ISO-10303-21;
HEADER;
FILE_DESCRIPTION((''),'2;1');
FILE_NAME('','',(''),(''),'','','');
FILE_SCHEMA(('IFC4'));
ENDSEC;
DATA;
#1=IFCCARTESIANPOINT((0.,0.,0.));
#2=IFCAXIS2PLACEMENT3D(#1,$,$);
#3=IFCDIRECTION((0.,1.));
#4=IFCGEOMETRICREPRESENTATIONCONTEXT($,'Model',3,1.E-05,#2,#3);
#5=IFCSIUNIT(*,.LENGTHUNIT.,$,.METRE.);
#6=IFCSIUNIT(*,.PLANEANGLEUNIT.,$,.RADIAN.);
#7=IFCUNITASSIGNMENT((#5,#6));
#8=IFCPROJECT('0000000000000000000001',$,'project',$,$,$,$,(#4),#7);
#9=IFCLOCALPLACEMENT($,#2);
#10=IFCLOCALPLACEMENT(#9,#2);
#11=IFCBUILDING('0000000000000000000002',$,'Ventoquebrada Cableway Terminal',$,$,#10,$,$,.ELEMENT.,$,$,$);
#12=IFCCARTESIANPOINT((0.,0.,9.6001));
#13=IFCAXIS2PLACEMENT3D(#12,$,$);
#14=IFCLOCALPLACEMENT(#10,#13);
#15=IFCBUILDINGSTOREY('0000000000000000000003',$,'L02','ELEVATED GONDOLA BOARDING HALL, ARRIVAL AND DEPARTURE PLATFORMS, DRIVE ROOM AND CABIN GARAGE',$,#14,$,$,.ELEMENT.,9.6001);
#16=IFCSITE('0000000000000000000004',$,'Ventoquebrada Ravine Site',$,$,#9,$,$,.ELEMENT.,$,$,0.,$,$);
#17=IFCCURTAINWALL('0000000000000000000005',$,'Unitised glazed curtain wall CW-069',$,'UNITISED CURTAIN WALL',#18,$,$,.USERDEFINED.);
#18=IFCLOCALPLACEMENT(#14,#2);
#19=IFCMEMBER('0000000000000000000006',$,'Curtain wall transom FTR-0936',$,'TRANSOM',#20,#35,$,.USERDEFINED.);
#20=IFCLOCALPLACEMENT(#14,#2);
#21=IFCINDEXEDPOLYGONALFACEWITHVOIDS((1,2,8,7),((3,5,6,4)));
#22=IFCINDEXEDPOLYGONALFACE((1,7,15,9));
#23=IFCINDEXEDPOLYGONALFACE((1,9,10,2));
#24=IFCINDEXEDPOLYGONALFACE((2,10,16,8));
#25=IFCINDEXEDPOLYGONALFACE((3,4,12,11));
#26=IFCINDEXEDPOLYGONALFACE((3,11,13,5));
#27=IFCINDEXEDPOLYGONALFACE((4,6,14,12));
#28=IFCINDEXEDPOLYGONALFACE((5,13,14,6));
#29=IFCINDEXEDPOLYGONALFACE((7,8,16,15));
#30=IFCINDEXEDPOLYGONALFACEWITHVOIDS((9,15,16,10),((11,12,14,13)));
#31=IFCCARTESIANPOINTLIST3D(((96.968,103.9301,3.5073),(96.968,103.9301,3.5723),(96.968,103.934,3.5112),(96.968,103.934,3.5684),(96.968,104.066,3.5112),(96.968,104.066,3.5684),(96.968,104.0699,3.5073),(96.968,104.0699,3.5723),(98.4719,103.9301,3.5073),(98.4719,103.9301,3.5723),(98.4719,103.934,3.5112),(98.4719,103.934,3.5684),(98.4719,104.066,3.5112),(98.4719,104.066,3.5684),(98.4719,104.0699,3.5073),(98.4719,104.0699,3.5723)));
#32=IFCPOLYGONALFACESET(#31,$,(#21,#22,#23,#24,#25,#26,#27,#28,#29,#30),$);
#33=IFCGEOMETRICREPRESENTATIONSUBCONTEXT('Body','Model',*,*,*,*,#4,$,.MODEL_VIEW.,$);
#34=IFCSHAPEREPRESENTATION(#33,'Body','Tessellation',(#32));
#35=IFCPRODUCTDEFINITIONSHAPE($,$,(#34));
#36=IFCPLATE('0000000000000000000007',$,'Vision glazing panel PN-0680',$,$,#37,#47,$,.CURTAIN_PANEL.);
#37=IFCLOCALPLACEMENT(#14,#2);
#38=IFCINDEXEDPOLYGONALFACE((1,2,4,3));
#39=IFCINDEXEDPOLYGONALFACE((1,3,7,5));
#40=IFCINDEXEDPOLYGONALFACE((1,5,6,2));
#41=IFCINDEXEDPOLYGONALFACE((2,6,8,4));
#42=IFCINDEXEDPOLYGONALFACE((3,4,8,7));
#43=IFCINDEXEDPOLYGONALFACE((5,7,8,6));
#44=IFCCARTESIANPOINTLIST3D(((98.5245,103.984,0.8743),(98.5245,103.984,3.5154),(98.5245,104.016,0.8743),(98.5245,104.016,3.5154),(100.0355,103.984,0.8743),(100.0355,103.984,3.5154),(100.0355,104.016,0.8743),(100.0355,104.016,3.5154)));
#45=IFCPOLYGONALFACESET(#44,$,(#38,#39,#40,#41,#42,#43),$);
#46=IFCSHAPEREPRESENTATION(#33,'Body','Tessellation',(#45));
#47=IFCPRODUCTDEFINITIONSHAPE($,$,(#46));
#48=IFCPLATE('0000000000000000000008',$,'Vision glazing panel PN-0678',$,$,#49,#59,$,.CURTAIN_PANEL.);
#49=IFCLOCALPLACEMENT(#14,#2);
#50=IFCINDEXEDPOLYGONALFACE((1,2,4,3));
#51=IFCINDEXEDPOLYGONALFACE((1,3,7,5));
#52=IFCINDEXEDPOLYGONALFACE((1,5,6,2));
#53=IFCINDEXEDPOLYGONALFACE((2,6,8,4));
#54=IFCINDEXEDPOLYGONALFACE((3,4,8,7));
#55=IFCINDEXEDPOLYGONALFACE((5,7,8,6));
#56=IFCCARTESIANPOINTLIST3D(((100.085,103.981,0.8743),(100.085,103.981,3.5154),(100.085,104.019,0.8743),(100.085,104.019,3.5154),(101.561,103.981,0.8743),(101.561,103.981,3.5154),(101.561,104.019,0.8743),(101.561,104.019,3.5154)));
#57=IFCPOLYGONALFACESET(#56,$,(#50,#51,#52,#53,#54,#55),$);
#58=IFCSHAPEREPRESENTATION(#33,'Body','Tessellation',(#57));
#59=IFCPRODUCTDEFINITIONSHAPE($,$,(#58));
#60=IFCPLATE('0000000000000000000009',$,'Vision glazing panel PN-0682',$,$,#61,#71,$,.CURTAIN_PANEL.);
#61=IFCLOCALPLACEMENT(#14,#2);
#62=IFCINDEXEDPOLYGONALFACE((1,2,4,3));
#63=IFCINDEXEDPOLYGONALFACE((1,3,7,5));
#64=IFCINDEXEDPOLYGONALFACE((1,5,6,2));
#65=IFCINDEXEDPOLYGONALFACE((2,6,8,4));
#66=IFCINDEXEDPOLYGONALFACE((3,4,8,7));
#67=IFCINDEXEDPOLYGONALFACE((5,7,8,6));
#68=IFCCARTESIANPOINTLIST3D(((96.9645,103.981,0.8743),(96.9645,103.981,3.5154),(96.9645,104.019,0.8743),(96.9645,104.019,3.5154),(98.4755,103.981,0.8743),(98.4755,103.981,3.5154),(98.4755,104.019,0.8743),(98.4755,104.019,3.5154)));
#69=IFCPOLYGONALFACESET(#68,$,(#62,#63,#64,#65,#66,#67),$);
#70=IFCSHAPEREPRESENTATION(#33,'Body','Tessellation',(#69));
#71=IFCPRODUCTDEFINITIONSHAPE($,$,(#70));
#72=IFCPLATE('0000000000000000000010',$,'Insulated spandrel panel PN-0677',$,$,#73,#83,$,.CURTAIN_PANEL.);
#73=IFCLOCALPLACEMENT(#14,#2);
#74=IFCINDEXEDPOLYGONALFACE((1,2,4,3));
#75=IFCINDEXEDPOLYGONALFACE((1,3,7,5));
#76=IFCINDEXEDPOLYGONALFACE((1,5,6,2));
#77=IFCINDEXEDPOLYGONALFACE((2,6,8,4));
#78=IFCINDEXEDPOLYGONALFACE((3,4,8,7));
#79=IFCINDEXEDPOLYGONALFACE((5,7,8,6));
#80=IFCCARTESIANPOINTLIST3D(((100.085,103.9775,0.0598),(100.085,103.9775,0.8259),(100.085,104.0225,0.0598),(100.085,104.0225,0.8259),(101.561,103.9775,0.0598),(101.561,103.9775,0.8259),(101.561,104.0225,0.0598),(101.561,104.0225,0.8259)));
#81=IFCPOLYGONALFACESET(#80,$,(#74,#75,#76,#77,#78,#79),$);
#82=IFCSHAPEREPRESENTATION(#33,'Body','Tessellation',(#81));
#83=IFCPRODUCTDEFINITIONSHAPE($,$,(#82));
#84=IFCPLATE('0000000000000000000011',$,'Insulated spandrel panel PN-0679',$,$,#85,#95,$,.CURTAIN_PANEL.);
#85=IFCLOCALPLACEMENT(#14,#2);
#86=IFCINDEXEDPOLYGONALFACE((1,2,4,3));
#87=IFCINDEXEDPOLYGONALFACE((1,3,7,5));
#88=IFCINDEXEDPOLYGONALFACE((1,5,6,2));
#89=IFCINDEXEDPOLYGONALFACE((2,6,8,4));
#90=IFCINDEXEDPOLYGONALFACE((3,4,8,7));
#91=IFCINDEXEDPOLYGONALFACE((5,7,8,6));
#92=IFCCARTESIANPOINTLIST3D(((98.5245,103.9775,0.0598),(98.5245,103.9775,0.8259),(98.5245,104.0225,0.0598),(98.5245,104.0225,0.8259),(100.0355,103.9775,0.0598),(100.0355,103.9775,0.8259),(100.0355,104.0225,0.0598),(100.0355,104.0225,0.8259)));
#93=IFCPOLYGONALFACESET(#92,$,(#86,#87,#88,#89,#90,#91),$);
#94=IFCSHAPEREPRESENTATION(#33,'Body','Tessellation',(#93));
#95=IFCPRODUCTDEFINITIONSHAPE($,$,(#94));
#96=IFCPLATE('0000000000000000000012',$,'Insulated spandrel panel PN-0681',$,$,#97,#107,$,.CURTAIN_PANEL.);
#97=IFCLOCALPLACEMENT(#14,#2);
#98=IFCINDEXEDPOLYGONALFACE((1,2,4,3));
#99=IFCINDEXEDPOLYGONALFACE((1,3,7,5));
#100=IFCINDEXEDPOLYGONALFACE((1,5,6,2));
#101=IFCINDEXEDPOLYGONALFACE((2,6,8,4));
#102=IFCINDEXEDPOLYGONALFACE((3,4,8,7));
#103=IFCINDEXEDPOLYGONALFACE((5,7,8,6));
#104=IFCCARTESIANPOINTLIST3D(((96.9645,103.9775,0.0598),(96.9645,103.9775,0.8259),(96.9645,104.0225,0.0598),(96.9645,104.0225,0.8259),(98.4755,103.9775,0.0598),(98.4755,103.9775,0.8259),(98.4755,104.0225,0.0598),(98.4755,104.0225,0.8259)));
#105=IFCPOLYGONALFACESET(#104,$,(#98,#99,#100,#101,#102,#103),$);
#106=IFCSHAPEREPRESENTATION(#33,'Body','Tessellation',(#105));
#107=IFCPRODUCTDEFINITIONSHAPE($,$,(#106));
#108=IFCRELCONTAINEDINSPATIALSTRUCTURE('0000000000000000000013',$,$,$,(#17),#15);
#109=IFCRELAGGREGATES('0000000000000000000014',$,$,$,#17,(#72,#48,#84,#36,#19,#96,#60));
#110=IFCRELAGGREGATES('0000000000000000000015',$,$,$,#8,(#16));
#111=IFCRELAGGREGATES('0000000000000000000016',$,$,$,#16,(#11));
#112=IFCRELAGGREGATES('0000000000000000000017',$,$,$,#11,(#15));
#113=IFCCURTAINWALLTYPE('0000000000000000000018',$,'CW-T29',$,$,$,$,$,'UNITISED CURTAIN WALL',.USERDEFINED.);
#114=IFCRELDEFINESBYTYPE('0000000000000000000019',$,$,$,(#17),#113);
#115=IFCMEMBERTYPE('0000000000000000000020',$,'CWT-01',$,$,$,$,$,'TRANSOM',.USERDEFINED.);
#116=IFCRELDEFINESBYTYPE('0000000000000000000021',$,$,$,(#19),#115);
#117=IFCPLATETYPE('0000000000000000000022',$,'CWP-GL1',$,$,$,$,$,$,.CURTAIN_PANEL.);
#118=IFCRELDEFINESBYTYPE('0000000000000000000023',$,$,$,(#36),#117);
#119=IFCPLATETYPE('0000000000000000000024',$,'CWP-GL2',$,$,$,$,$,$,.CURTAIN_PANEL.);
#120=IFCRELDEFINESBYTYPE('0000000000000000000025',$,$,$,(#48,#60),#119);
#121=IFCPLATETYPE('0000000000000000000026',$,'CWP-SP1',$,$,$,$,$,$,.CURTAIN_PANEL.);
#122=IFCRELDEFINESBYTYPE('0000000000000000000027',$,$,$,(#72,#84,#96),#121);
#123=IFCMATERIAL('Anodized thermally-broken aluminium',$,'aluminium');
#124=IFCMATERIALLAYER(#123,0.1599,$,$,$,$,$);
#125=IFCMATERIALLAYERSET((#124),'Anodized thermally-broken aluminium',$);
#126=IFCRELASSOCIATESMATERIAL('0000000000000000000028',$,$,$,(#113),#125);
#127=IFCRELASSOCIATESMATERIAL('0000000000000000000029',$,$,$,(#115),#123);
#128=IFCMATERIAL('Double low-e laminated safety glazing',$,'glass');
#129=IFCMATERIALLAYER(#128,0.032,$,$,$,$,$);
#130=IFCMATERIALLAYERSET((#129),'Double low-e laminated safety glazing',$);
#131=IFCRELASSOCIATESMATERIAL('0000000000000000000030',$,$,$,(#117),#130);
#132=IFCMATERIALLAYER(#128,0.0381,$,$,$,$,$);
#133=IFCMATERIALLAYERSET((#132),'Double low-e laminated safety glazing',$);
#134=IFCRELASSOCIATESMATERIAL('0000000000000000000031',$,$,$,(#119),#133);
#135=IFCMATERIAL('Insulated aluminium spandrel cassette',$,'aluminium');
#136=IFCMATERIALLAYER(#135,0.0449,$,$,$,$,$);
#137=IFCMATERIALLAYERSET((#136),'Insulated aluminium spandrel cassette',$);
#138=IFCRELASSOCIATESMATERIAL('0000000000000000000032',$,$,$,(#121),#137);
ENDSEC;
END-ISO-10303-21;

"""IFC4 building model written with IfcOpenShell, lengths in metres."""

from ifc_helpers import new_model, si_unit, direction, frame, origin, origin_2d, place, context, subcontext, project, spatial, rectangle, hollow_rectangle, extrude, material, layer, layer_set, material_profile, profile_set, type_object, element, aggregate, save


model = new_model("IFC4")

# Units and contexts
model_context = context("Model", 3, precision=1e-05, world=origin(), true_north=direction((0.0, 1.0)))
body_context = subcontext(model_context, "Body", "Model", "MODEL_VIEW")
ifc_project = project(units=[si_unit("LENGTHUNIT", "METRE"), si_unit("PLANEANGLEUNIT", "RADIAN")], contexts=[model_context])

# Site, building, storey
site_placement = place(None, origin())
site = spatial("IfcSite", under=ifc_project, at=site_placement, Name="Ventoquebrada Ravine Site", CompositionType="ELEMENT", RefElevation=0.0)
building_placement = place(site_placement, origin())
building = spatial("IfcBuilding", under=site, at=building_placement, Name="Ventoquebrada Cableway Terminal", CompositionType="ELEMENT")
storey_placement = place(building_placement, frame((0.0, 0.0, 9.6001)))
storey = spatial("IfcBuildingStorey", under=building, at=storey_placement, Name="L02", Description="ELEVATED GONDOLA BOARDING HALL, ARRIVAL AND DEPARTURE PLATFORMS, DRIVE ROOM AND CABIN GARAGE", CompositionType="ELEMENT", Elevation=9.6001)

# Curtain wall, member, plates
ifc_material_1 = material(Name="Anodized thermally-broken aluminium", Category="aluminium")
ifc_layer_1 = layer(ifc_material_1, 0.1599)
ifc_layer_set_1 = layer_set([ifc_layer_1], Name="Anodized thermally-broken aluminium")
curtain_wall_type = type_object("IfcCurtainWallType", Name="CW-T29", ElementType="UNITISED CURTAIN WALL", PredefinedType="USERDEFINED", material=ifc_layer_set_1)
curtain_wall_placement = place(storey_placement, origin())
curtain_wall = element("IfcCurtainWall", 1, at=curtain_wall_placement, inside=storey, type_object=curtain_wall_type, Name="Unitised glazed curtain wall CW-069", ObjectType="UNITISED CURTAIN WALL", PredefinedType="USERDEFINED")
ifc_material_profile_1 = material_profile(ifc_material_1, hollow_rectangle(XDim=0.0649, YDim=0.1399, WallThickness=0.0039, at=origin_2d()), Name="CW-TRN-65X140")
ifc_profile_set_1 = profile_set([ifc_material_profile_1], Name="Anodized thermally-broken aluminium")
member_type_1 = type_object("IfcMemberType", Name="CWT-01", ElementType="TRANSOM", PredefinedType="USERDEFINED", material=ifc_profile_set_1)
member_1_placement = place(storey_placement, frame((98.4719, 104.0, 3.5398), z_axis=(-1.0, 0.0, 0.0), x_axis=(0.0, 0.0, 1.0)))
member_1 = element("IfcMember", 2, at=member_1_placement, type_object=member_type_1, Name="Curtain wall transom FTR-0936", ObjectType="TRANSOM", PredefinedType="USERDEFINED", context=body_context, shape_type="SweptSolid", body=[
    extrude(hollow_rectangle(XDim=0.0649, YDim=0.1399, WallThickness=0.0039, at=origin_2d()), origin(), (0.0, 0.0, 1.0), 1.5039),
])
ifc_material_2 = material(Name="Double low-e laminated safety glazing", Category="glass")
ifc_layer_2 = layer(ifc_material_2, 0.032)
ifc_layer_set_2 = layer_set([ifc_layer_2], Name="Double low-e laminated safety glazing")
plate_type_1 = type_object("IfcPlateType", Name="CWP-GL1", PredefinedType="CURTAIN_PANEL", material=ifc_layer_set_2)
plate_1_placement = place(storey_placement, frame((99.28, 104.0, 0.8743), z_axis=(0.0, 0.0, 1.0), x_axis=(-1.0, 0.0, 0.0)))
plate_1 = element("IfcPlate", 3, at=plate_1_placement, type_object=plate_type_1, Name="Vision glazing panel PN-0680", PredefinedType="CURTAIN_PANEL", context=body_context, shape_type="SweptSolid", body=[
    extrude(rectangle(XDim=1.511, YDim=0.032, at=origin_2d()), origin(), (0.0, 0.0, 1.0), 2.6411),
])
ifc_layer_3 = layer(ifc_material_2, 0.0381)
ifc_layer_set_3 = layer_set([ifc_layer_3], Name="Double low-e laminated safety glazing")
plate_type_2 = type_object("IfcPlateType", Name="CWP-GL2", PredefinedType="CURTAIN_PANEL", material=ifc_layer_set_3)
plate_2_placement = place(storey_placement, frame((100.823, 104.0, 0.8743), z_axis=(0.0, 0.0, 1.0), x_axis=(-1.0, 0.0, 0.0)))
plate_2 = element("IfcPlate", 4, at=plate_2_placement, type_object=plate_type_2, Name="Vision glazing panel PN-0678", PredefinedType="CURTAIN_PANEL", context=body_context, shape_type="SweptSolid", body=[
    extrude(rectangle(XDim=1.4761, YDim=0.0381, at=origin_2d()), origin(), (0.0, 0.0, 1.0), 2.6411),
])
plate_3_placement = place(storey_placement, frame((97.72, 104.0, 0.8743), z_axis=(0.0, 0.0, 1.0), x_axis=(-1.0, 0.0, 0.0)))
plate_3 = element("IfcPlate", 5, at=plate_3_placement, type_object=plate_type_2, Name="Vision glazing panel PN-0682", PredefinedType="CURTAIN_PANEL", context=body_context, shape_type="SweptSolid", body=[
    extrude(rectangle(XDim=1.511, YDim=0.0381, at=origin_2d()), origin(), (0.0, 0.0, 1.0), 2.6411),
])
ifc_material_3 = material(Name="Insulated aluminium spandrel cassette", Category="aluminium")
ifc_layer_4 = layer(ifc_material_3, 0.0449)
ifc_layer_set_4 = layer_set([ifc_layer_4], Name="Insulated aluminium spandrel cassette")
plate_type_3 = type_object("IfcPlateType", Name="CWP-SP1", PredefinedType="CURTAIN_PANEL", material=ifc_layer_set_4)
plate_4_placement = place(storey_placement, frame((100.823, 104.0, 0.0598), z_axis=(0.0, 0.0, 1.0), x_axis=(-1.0, 0.0, 0.0)))
plate_4 = element("IfcPlate", 6, at=plate_4_placement, type_object=plate_type_3, Name="Insulated spandrel panel PN-0677", PredefinedType="CURTAIN_PANEL", context=body_context, shape_type="SweptSolid", body=[
    extrude(rectangle(XDim=1.4761, YDim=0.0449, at=origin_2d()), origin(), (0.0, 0.0, 1.0), 0.7661),
])
plate_5_placement = place(storey_placement, frame((99.28, 104.0, 0.0598), z_axis=(0.0, 0.0, 1.0), x_axis=(-1.0, 0.0, 0.0)))
plate_5 = element("IfcPlate", 7, at=plate_5_placement, type_object=plate_type_3, Name="Insulated spandrel panel PN-0679", PredefinedType="CURTAIN_PANEL", context=body_context, shape_type="SweptSolid", body=[
    extrude(rectangle(XDim=1.511, YDim=0.0449, at=origin_2d()), origin(), (0.0, 0.0, 1.0), 0.7661),
])
plate_6_placement = place(storey_placement, frame((97.72, 104.0, 0.0598), z_axis=(0.0, 0.0, 1.0), x_axis=(-1.0, 0.0, 0.0)))
plate_6 = element("IfcPlate", 8, at=plate_6_placement, type_object=plate_type_3, Name="Insulated spandrel panel PN-0681", PredefinedType="CURTAIN_PANEL", context=body_context, shape_type="SweptSolid", body=[
    extrude(rectangle(XDim=1.511, YDim=0.0449, at=origin_2d()), origin(), (0.0, 0.0, 1.0), 0.7661),
])
aggregate(curtain_wall, [plate_4, plate_2, plate_5, plate_1, member_1, plate_6, plate_3])

save(model, "model.ifc")
